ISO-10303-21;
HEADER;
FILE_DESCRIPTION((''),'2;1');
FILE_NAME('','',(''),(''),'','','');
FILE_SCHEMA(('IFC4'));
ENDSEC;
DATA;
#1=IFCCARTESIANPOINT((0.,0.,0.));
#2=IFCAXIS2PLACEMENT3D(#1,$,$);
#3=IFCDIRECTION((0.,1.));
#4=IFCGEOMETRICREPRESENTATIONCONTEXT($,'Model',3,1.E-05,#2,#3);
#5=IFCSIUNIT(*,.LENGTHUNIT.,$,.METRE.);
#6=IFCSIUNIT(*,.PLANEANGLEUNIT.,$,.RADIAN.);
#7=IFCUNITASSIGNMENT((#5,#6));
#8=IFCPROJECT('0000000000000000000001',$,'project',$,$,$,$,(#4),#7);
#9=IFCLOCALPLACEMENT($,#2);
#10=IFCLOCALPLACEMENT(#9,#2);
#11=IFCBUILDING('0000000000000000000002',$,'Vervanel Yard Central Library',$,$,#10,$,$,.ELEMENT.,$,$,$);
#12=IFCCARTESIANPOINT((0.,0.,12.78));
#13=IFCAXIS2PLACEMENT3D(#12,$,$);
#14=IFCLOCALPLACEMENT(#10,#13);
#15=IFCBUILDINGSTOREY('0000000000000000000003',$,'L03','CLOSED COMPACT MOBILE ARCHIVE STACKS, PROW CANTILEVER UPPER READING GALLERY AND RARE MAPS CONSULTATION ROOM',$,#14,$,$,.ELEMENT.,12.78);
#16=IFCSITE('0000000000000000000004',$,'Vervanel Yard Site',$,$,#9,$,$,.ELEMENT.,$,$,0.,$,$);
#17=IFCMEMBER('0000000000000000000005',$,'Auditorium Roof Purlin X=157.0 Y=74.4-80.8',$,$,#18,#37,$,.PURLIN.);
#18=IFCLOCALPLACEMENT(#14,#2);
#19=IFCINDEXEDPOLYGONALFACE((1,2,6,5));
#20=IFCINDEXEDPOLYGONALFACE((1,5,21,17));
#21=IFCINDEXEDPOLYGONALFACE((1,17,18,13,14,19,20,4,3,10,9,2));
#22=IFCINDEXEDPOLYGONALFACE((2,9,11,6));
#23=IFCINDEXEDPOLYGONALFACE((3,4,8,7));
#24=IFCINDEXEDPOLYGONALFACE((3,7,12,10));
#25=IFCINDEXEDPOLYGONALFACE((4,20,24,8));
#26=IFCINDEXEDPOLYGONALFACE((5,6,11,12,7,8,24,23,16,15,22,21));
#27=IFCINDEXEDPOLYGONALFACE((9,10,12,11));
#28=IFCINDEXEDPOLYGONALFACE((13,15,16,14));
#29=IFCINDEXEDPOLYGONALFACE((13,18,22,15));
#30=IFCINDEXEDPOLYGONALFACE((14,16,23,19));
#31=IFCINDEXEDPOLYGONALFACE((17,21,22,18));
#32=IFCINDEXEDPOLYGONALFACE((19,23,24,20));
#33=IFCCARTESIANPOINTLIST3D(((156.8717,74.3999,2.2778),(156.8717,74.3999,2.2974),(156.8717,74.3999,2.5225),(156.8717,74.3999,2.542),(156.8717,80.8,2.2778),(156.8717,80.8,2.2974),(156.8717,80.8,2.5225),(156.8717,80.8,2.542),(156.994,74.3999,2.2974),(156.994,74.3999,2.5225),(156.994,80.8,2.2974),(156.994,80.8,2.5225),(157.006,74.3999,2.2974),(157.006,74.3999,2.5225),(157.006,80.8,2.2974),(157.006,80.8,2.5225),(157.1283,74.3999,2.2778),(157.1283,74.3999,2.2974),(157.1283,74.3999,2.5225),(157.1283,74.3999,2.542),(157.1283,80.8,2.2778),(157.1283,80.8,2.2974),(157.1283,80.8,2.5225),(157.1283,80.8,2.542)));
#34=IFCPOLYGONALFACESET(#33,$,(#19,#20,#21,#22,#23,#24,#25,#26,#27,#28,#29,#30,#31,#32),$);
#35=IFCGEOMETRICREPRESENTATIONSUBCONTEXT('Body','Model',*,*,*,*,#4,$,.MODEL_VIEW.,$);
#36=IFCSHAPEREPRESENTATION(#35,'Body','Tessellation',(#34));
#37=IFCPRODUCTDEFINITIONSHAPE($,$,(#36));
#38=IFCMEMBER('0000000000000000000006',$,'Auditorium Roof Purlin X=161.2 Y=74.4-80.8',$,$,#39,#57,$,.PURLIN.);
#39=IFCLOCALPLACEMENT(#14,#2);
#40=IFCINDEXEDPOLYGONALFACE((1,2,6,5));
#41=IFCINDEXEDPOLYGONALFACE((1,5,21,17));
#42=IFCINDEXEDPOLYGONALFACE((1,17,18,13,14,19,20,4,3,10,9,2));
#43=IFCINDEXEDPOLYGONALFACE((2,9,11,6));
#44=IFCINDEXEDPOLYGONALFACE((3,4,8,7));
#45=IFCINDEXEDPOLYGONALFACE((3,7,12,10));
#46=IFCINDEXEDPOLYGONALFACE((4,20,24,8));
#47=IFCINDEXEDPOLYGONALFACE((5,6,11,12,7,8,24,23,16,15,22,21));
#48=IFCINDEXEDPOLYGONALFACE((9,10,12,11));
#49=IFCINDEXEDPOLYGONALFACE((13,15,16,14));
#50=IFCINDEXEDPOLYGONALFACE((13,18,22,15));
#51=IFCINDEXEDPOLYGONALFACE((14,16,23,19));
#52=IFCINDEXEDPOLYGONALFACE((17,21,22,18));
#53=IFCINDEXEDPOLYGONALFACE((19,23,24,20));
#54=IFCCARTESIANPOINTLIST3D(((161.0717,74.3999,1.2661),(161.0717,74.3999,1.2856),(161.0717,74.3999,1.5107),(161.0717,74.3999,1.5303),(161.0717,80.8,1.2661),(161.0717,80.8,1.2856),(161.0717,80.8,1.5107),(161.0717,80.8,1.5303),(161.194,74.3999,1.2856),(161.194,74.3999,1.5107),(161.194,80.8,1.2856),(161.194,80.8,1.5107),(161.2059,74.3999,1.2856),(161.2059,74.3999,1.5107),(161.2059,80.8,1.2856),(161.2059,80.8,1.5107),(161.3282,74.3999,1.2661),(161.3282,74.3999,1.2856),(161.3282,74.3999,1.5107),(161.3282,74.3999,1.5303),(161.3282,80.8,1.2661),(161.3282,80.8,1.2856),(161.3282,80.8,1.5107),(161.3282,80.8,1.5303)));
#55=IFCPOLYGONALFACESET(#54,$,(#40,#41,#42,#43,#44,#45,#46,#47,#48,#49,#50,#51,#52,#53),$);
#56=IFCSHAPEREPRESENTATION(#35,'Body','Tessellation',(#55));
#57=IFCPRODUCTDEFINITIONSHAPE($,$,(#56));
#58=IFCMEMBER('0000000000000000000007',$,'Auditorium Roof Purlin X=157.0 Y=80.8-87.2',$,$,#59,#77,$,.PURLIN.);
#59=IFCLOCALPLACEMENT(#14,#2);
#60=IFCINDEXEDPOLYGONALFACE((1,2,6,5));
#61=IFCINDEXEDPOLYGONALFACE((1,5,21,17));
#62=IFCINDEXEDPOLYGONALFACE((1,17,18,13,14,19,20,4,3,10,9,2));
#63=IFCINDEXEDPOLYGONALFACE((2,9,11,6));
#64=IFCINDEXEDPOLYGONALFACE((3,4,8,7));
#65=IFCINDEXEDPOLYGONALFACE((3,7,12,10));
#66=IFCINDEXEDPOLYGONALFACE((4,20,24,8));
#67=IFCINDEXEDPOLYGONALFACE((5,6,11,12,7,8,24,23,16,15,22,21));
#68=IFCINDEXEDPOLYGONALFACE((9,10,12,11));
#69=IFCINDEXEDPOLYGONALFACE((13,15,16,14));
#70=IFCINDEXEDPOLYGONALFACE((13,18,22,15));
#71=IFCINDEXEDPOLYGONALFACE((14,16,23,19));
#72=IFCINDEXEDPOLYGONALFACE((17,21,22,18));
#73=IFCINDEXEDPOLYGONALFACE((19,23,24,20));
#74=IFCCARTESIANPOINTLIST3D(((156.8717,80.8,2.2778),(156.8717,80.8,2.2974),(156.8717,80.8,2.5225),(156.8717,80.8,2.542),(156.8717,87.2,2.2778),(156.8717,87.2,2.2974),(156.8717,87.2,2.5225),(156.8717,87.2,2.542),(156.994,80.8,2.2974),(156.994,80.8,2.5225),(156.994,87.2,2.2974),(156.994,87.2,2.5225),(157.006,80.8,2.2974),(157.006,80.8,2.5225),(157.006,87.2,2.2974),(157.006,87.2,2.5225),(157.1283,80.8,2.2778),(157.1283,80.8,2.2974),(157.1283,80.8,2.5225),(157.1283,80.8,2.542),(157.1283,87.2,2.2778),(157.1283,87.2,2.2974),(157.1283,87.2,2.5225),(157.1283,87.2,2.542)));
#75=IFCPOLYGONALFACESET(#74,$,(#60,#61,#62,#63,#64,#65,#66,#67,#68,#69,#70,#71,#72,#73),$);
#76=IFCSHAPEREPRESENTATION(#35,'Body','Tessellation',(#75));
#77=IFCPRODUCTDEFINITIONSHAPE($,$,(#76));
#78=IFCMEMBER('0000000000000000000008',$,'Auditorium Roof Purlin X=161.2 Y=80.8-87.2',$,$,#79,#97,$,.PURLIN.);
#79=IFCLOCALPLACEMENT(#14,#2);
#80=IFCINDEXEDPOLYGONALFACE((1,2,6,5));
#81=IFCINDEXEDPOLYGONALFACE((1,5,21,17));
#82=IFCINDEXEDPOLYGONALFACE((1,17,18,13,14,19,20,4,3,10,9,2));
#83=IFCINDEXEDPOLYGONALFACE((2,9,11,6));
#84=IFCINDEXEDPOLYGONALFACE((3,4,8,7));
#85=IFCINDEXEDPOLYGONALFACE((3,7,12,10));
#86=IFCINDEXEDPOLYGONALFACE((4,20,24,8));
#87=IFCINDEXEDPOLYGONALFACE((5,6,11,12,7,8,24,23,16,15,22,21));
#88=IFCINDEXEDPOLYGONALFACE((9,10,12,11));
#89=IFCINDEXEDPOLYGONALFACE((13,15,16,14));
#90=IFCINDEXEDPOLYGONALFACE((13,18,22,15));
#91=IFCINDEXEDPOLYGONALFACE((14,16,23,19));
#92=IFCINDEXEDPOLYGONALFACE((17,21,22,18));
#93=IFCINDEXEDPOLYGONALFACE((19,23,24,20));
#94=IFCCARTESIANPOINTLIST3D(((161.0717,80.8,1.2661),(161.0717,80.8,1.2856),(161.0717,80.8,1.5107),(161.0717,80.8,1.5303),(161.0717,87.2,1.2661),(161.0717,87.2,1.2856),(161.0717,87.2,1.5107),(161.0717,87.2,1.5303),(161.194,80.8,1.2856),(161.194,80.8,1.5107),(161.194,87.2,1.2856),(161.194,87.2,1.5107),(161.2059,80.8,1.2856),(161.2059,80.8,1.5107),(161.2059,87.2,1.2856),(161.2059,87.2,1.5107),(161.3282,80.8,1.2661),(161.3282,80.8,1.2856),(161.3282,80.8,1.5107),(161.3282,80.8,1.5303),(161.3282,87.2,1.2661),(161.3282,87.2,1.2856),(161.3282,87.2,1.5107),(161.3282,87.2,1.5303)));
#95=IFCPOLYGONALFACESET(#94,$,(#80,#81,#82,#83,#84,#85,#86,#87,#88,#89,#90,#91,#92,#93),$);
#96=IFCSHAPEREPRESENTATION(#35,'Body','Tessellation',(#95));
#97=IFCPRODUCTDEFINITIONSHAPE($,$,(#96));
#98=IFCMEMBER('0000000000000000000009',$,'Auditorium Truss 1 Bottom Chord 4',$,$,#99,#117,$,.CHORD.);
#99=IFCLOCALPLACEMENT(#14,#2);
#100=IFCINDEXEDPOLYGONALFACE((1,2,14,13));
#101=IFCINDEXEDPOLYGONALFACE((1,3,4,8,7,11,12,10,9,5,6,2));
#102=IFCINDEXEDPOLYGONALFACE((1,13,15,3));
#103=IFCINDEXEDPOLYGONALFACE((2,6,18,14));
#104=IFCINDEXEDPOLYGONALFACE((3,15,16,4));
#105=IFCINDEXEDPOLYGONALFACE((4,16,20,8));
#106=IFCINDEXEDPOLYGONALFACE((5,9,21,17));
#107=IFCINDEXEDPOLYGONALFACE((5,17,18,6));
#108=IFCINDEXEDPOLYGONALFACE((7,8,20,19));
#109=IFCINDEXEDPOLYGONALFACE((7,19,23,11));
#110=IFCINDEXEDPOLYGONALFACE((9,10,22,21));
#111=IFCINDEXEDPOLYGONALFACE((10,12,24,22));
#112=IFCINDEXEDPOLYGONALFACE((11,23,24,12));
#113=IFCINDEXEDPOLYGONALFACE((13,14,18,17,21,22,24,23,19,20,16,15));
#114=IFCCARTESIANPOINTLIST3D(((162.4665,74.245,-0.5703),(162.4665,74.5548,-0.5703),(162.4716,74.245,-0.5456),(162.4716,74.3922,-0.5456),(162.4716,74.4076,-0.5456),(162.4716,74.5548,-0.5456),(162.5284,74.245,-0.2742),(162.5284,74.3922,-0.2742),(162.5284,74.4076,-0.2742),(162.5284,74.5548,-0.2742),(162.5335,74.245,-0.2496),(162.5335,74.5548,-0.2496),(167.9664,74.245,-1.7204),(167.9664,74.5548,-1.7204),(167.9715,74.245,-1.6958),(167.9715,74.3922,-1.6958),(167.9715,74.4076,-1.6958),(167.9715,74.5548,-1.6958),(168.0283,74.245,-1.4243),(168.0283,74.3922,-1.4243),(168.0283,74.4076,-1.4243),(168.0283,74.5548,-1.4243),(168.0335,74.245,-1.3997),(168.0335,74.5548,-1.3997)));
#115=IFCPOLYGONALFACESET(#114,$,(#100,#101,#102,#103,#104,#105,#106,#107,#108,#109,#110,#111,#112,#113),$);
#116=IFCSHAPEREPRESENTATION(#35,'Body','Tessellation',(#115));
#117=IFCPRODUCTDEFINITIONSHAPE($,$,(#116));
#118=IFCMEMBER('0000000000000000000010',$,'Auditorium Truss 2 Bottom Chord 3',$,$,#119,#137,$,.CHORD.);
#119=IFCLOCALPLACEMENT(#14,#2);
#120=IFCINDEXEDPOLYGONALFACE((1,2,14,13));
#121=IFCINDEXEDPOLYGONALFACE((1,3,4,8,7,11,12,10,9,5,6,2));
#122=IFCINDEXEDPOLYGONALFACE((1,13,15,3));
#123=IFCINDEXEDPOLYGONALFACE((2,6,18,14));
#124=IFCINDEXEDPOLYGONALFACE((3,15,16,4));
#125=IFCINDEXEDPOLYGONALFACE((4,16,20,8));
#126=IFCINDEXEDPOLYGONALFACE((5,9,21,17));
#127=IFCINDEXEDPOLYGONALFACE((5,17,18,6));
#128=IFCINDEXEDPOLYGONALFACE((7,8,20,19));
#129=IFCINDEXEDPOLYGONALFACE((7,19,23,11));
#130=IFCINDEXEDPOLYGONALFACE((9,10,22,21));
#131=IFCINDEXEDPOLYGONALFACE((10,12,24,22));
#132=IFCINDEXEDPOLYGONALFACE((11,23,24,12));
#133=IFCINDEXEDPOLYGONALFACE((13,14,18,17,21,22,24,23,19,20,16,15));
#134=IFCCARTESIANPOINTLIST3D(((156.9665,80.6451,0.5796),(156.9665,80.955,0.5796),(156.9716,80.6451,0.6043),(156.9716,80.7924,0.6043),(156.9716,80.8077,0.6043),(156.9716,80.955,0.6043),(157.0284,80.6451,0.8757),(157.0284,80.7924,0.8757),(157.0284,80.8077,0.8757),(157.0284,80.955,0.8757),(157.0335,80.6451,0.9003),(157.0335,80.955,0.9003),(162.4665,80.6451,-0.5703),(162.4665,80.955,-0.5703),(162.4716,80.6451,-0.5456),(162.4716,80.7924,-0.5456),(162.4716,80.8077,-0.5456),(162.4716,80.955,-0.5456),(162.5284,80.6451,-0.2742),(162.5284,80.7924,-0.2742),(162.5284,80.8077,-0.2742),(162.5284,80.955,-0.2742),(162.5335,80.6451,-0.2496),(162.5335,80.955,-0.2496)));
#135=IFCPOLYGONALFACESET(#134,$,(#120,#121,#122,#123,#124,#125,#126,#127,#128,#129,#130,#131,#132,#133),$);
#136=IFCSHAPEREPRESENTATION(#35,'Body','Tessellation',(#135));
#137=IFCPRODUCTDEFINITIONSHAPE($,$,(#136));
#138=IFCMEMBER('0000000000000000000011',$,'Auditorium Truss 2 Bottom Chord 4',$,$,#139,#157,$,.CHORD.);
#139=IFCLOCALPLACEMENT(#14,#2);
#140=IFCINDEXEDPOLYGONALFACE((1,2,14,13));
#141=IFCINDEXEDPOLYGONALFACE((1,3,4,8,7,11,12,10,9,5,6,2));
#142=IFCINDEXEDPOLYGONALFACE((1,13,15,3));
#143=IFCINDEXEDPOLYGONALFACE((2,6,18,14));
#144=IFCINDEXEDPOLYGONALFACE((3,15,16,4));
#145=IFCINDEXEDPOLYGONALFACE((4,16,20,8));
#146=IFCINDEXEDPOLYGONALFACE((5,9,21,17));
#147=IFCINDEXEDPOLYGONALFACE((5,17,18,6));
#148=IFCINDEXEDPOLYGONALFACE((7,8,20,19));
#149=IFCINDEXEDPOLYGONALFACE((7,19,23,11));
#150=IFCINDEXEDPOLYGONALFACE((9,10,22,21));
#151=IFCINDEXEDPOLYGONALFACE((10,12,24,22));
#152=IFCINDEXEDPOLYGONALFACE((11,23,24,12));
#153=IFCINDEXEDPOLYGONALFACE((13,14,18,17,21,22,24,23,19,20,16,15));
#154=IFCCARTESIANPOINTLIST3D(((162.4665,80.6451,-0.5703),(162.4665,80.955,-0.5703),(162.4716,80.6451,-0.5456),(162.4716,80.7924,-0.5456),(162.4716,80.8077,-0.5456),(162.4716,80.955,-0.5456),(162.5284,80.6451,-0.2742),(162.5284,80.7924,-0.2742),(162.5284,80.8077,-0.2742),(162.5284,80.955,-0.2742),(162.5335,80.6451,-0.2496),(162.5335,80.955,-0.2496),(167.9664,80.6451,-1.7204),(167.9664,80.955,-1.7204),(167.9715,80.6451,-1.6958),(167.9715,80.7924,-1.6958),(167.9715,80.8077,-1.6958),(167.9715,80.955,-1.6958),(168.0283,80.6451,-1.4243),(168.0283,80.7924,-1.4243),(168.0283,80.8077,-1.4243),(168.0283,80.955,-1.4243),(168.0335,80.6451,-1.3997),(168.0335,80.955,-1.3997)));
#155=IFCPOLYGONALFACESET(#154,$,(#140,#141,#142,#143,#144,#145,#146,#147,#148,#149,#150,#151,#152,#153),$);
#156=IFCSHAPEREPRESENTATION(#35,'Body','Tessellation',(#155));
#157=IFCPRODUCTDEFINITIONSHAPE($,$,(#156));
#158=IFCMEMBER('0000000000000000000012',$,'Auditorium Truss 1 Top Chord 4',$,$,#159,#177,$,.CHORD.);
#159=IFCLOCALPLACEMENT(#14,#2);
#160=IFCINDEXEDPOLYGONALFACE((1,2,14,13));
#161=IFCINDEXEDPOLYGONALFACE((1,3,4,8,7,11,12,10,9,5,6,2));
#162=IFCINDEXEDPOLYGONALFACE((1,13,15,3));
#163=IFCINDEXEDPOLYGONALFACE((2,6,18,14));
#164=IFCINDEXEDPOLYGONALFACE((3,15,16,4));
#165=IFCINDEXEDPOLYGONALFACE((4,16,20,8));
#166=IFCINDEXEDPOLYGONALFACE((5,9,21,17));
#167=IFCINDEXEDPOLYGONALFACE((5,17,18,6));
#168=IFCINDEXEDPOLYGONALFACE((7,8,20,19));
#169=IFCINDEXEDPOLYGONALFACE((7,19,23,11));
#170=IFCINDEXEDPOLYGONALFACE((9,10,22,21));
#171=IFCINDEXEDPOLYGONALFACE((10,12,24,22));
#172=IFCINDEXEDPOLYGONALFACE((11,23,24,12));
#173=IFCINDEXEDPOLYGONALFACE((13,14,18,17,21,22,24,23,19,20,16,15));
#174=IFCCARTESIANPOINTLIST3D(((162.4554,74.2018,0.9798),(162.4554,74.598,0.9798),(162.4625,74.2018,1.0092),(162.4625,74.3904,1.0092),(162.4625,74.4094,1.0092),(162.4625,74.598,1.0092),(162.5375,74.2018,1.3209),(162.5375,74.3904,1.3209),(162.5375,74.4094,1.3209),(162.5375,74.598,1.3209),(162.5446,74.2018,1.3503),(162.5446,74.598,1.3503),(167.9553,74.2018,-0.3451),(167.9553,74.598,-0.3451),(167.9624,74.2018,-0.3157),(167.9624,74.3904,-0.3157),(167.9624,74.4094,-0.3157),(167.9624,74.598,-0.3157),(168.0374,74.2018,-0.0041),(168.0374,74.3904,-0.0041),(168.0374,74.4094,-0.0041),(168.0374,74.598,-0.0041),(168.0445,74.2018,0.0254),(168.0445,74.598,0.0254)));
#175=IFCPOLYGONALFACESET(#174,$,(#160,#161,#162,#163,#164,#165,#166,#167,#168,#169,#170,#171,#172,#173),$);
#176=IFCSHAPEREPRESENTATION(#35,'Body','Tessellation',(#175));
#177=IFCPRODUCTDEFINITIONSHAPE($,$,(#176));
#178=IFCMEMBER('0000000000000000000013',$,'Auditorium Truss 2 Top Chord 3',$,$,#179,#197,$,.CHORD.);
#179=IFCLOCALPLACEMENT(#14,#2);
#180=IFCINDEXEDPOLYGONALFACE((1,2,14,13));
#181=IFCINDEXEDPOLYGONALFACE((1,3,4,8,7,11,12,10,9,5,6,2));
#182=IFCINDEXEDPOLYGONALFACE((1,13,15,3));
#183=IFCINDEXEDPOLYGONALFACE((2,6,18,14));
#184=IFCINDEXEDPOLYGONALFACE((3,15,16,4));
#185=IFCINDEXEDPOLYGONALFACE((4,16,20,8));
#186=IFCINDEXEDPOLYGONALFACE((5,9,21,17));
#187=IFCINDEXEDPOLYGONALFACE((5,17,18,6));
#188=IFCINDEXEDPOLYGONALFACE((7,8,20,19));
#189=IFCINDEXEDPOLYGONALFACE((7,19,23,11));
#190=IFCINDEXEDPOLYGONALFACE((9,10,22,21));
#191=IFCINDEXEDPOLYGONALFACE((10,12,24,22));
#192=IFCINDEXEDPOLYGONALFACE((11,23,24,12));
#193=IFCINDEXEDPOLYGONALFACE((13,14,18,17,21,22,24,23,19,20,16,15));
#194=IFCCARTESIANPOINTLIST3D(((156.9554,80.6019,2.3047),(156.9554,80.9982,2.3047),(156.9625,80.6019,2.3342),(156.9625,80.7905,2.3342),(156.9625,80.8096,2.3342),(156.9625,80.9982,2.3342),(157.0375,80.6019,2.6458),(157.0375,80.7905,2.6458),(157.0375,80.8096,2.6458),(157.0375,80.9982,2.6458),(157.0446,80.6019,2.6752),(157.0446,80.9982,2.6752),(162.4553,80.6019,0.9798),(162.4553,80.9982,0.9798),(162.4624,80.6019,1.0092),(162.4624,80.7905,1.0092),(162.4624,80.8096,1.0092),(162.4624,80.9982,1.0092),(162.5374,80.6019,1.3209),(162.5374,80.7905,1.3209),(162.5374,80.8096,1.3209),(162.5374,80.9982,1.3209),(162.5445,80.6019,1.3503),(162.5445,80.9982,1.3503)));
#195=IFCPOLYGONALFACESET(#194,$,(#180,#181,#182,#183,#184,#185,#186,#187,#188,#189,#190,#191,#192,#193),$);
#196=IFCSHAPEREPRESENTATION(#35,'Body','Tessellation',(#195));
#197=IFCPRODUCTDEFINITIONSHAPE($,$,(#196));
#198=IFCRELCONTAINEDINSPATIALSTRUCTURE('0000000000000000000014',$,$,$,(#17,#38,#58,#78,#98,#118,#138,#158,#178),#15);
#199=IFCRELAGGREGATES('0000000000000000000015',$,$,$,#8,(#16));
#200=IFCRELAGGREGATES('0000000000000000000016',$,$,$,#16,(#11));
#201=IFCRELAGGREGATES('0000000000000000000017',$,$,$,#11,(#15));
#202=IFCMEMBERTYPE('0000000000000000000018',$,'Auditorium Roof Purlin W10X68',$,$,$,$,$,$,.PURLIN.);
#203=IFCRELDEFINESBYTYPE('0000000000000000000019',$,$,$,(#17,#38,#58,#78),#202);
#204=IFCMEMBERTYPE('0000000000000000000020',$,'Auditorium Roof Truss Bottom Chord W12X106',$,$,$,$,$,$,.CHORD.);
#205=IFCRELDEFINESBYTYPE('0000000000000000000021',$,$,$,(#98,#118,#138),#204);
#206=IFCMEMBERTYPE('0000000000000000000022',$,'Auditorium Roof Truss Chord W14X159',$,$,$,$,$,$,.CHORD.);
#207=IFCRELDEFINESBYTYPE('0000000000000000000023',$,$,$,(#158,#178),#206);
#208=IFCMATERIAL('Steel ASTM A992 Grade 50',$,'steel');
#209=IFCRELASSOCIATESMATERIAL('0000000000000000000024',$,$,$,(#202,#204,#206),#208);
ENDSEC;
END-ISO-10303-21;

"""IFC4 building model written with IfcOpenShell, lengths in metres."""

from ifc_helpers import new_model, si_unit, direction, frame, origin, origin_2d, place, context, subcontext, project, spatial, i_section, extrude, material, material_profile, profile_set, type_object, element, save


model = new_model("IFC4")

# Units and contexts
model_context = context("Model", 3, precision=1e-05, world=origin(), true_north=direction((0.0, 1.0)))
body_context = subcontext(model_context, "Body", "Model", "MODEL_VIEW")
ifc_project = project(units=[si_unit("LENGTHUNIT", "METRE"), si_unit("PLANEANGLEUNIT", "RADIAN")], contexts=[model_context])

# Site, building, storey
site_placement = place(None, origin())
site = spatial("IfcSite", under=ifc_project, at=site_placement, Name="Vervanel Yard Site", CompositionType="ELEMENT", RefElevation=0.0)
building_placement = place(site_placement, origin())
building = spatial("IfcBuilding", under=site, at=building_placement, Name="Vervanel Yard Central Library", CompositionType="ELEMENT")
storey_placement = place(building_placement, frame((0.0, 0.0, 12.78)))
storey = spatial("IfcBuildingStorey", under=building, at=storey_placement, Name="L03", Description="CLOSED COMPACT MOBILE ARCHIVE STACKS, PROW CANTILEVER UPPER READING GALLERY AND RARE MAPS CONSULTATION ROOM", CompositionType="ELEMENT", Elevation=12.78)

# Members
ifc_material_1 = material(Name="Steel ASTM A992 Grade 50", Category="steel")
ifc_material_profile_1 = material_profile(ifc_material_1, i_section(OverallWidth=0.2566, OverallDepth=0.2642, WebThickness=0.012, FlangeThickness=0.0195, at=origin_2d()), Name="W10X68", Category="steel")
ifc_profile_set_1 = profile_set([ifc_material_profile_1], Name="Steel ASTM A992 Grade 50")
member_type_1 = type_object("IfcMemberType", Name="Auditorium Roof Purlin W10X68", PredefinedType="PURLIN", material=ifc_profile_set_1)
for number, where, z_axis, x_axis, name in (
    (1, (157.0, 74.3999, 2.4099), (0.0, 1.0, 0.0), (-1.0, 0.0, 0.0), "Auditorium Roof Purlin X=157.0 Y=74.4-80.8"),
    (2, (161.2, 74.3999, 1.3982), (0.0, 1.0, 0.0), (-1.0, 0.0, 0.0), "Auditorium Roof Purlin X=161.2 Y=74.4-80.8"),
):
    element("IfcMember", number, at=place(storey_placement, frame(where, z_axis=z_axis, x_axis=x_axis)), inside=storey, type_object=member_type_1, Name=name, PredefinedType="PURLIN", context=body_context, shape_type="SweptSolid", body=[
        extrude(i_section(OverallWidth=0.2566, OverallDepth=0.2642, WebThickness=0.012, FlangeThickness=0.0195, at=origin_2d()), origin(), (0.0, 0.0, 1.0), 6.4001),
    ])
for number, where, z_axis, x_axis, name in (
    (3, (157.0, 80.8, 2.4099), (0.0, 1.0, 0.0), (-1.0, 0.0, 0.0), "Auditorium Roof Purlin X=157.0 Y=80.8-87.2"),
    (4, (161.2, 80.8, 1.3982), (0.0, 1.0, 0.0), (-1.0, 0.0, 0.0), "Auditorium Roof Purlin X=161.2 Y=80.8-87.2"),
):
    element("IfcMember", number, at=place(storey_placement, frame(where, z_axis=z_axis, x_axis=x_axis)), inside=storey, type_object=member_type_1, Name=name, PredefinedType="PURLIN", context=body_context, shape_type="SweptSolid", body=[
        extrude(i_section(OverallWidth=0.2566, OverallDepth=0.2642, WebThickness=0.012, FlangeThickness=0.0195, at=origin_2d()), origin(), (0.0, 0.0, 1.0), 6.3999),
    ])
ifc_material_profile_2 = material_profile(ifc_material_1, i_section(OverallWidth=0.3098, OverallDepth=0.3276, WebThickness=0.0154, FlangeThickness=0.0251, at=origin_2d()), Name="W12X106", Category="steel")
ifc_profile_set_2 = profile_set([ifc_material_profile_2], Name="Steel ASTM A992 Grade 50")
member_type_2 = type_object("IfcMemberType", Name="Auditorium Roof Truss Bottom Chord W12X106", PredefinedType="CHORD", material=ifc_profile_set_2)
for number, where, z_axis, x_axis, name in (
    (5, (162.5, 74.3999, -0.4099), (0.978827, 0.0, -0.20469), (0.0, 1.0, 0.0), "Auditorium Truss 1 Bottom Chord 4"),
    (6, (157.0, 80.8, 0.74), (0.978836, 0.0, -0.204648), (0.0, 1.0, 0.0), "Auditorium Truss 2 Bottom Chord 3"),
    (7, (162.5, 80.8, -0.4099), (0.978827, 0.0, -0.20469), (0.0, 1.0, 0.0), "Auditorium Truss 2 Bottom Chord 4"),
):
    element("IfcMember", number, at=place(storey_placement, frame(where, z_axis=z_axis, x_axis=x_axis)), inside=storey, type_object=member_type_2, Name=name, PredefinedType="CHORD", context=body_context, shape_type="SweptSolid", body=[
        extrude(i_section(OverallWidth=0.3098, OverallDepth=0.3276, WebThickness=0.0154, FlangeThickness=0.0251, at=origin_2d()), origin(), (0.0, 0.0, 1.0), 5.6189),
    ])
ifc_material_profile_3 = material_profile(ifc_material_1, i_section(OverallWidth=0.3962, OverallDepth=0.3811, WebThickness=0.019, FlangeThickness=0.0303, at=origin_2d()), Name="W14X159", Category="steel")
ifc_profile_set_3 = profile_set([ifc_material_profile_3], Name="Steel ASTM A992 Grade 50")
member_type_3 = type_object("IfcMemberType", Name="Auditorium Roof Truss Chord W14X159", PredefinedType="CHORD", material=ifc_profile_set_3)
for number, where, z_axis, x_axis, name in (
    (8, (162.5, 74.3999, 1.165), (0.972188, 0.0, -0.2342), (0.0, 1.0, 0.0), "Auditorium Truss 1 Top Chord 4"),
    (9, (157.0, 80.8, 2.49), (0.972188, 0.0, -0.2342), (0.0, 1.0, 0.0), "Auditorium Truss 2 Top Chord 3"),
):
    element("IfcMember", number, at=place(storey_placement, frame(where, z_axis=z_axis, x_axis=x_axis)), inside=storey, type_object=member_type_3, Name=name, PredefinedType="CHORD", context=body_context, shape_type="SweptSolid", body=[
        extrude(i_section(OverallWidth=0.3962, OverallDepth=0.3811, WebThickness=0.019, FlangeThickness=0.0303, at=origin_2d()), origin(), (0.0, 0.0, 1.0), 5.6572),
    ])

save(model, "model.ifc")
